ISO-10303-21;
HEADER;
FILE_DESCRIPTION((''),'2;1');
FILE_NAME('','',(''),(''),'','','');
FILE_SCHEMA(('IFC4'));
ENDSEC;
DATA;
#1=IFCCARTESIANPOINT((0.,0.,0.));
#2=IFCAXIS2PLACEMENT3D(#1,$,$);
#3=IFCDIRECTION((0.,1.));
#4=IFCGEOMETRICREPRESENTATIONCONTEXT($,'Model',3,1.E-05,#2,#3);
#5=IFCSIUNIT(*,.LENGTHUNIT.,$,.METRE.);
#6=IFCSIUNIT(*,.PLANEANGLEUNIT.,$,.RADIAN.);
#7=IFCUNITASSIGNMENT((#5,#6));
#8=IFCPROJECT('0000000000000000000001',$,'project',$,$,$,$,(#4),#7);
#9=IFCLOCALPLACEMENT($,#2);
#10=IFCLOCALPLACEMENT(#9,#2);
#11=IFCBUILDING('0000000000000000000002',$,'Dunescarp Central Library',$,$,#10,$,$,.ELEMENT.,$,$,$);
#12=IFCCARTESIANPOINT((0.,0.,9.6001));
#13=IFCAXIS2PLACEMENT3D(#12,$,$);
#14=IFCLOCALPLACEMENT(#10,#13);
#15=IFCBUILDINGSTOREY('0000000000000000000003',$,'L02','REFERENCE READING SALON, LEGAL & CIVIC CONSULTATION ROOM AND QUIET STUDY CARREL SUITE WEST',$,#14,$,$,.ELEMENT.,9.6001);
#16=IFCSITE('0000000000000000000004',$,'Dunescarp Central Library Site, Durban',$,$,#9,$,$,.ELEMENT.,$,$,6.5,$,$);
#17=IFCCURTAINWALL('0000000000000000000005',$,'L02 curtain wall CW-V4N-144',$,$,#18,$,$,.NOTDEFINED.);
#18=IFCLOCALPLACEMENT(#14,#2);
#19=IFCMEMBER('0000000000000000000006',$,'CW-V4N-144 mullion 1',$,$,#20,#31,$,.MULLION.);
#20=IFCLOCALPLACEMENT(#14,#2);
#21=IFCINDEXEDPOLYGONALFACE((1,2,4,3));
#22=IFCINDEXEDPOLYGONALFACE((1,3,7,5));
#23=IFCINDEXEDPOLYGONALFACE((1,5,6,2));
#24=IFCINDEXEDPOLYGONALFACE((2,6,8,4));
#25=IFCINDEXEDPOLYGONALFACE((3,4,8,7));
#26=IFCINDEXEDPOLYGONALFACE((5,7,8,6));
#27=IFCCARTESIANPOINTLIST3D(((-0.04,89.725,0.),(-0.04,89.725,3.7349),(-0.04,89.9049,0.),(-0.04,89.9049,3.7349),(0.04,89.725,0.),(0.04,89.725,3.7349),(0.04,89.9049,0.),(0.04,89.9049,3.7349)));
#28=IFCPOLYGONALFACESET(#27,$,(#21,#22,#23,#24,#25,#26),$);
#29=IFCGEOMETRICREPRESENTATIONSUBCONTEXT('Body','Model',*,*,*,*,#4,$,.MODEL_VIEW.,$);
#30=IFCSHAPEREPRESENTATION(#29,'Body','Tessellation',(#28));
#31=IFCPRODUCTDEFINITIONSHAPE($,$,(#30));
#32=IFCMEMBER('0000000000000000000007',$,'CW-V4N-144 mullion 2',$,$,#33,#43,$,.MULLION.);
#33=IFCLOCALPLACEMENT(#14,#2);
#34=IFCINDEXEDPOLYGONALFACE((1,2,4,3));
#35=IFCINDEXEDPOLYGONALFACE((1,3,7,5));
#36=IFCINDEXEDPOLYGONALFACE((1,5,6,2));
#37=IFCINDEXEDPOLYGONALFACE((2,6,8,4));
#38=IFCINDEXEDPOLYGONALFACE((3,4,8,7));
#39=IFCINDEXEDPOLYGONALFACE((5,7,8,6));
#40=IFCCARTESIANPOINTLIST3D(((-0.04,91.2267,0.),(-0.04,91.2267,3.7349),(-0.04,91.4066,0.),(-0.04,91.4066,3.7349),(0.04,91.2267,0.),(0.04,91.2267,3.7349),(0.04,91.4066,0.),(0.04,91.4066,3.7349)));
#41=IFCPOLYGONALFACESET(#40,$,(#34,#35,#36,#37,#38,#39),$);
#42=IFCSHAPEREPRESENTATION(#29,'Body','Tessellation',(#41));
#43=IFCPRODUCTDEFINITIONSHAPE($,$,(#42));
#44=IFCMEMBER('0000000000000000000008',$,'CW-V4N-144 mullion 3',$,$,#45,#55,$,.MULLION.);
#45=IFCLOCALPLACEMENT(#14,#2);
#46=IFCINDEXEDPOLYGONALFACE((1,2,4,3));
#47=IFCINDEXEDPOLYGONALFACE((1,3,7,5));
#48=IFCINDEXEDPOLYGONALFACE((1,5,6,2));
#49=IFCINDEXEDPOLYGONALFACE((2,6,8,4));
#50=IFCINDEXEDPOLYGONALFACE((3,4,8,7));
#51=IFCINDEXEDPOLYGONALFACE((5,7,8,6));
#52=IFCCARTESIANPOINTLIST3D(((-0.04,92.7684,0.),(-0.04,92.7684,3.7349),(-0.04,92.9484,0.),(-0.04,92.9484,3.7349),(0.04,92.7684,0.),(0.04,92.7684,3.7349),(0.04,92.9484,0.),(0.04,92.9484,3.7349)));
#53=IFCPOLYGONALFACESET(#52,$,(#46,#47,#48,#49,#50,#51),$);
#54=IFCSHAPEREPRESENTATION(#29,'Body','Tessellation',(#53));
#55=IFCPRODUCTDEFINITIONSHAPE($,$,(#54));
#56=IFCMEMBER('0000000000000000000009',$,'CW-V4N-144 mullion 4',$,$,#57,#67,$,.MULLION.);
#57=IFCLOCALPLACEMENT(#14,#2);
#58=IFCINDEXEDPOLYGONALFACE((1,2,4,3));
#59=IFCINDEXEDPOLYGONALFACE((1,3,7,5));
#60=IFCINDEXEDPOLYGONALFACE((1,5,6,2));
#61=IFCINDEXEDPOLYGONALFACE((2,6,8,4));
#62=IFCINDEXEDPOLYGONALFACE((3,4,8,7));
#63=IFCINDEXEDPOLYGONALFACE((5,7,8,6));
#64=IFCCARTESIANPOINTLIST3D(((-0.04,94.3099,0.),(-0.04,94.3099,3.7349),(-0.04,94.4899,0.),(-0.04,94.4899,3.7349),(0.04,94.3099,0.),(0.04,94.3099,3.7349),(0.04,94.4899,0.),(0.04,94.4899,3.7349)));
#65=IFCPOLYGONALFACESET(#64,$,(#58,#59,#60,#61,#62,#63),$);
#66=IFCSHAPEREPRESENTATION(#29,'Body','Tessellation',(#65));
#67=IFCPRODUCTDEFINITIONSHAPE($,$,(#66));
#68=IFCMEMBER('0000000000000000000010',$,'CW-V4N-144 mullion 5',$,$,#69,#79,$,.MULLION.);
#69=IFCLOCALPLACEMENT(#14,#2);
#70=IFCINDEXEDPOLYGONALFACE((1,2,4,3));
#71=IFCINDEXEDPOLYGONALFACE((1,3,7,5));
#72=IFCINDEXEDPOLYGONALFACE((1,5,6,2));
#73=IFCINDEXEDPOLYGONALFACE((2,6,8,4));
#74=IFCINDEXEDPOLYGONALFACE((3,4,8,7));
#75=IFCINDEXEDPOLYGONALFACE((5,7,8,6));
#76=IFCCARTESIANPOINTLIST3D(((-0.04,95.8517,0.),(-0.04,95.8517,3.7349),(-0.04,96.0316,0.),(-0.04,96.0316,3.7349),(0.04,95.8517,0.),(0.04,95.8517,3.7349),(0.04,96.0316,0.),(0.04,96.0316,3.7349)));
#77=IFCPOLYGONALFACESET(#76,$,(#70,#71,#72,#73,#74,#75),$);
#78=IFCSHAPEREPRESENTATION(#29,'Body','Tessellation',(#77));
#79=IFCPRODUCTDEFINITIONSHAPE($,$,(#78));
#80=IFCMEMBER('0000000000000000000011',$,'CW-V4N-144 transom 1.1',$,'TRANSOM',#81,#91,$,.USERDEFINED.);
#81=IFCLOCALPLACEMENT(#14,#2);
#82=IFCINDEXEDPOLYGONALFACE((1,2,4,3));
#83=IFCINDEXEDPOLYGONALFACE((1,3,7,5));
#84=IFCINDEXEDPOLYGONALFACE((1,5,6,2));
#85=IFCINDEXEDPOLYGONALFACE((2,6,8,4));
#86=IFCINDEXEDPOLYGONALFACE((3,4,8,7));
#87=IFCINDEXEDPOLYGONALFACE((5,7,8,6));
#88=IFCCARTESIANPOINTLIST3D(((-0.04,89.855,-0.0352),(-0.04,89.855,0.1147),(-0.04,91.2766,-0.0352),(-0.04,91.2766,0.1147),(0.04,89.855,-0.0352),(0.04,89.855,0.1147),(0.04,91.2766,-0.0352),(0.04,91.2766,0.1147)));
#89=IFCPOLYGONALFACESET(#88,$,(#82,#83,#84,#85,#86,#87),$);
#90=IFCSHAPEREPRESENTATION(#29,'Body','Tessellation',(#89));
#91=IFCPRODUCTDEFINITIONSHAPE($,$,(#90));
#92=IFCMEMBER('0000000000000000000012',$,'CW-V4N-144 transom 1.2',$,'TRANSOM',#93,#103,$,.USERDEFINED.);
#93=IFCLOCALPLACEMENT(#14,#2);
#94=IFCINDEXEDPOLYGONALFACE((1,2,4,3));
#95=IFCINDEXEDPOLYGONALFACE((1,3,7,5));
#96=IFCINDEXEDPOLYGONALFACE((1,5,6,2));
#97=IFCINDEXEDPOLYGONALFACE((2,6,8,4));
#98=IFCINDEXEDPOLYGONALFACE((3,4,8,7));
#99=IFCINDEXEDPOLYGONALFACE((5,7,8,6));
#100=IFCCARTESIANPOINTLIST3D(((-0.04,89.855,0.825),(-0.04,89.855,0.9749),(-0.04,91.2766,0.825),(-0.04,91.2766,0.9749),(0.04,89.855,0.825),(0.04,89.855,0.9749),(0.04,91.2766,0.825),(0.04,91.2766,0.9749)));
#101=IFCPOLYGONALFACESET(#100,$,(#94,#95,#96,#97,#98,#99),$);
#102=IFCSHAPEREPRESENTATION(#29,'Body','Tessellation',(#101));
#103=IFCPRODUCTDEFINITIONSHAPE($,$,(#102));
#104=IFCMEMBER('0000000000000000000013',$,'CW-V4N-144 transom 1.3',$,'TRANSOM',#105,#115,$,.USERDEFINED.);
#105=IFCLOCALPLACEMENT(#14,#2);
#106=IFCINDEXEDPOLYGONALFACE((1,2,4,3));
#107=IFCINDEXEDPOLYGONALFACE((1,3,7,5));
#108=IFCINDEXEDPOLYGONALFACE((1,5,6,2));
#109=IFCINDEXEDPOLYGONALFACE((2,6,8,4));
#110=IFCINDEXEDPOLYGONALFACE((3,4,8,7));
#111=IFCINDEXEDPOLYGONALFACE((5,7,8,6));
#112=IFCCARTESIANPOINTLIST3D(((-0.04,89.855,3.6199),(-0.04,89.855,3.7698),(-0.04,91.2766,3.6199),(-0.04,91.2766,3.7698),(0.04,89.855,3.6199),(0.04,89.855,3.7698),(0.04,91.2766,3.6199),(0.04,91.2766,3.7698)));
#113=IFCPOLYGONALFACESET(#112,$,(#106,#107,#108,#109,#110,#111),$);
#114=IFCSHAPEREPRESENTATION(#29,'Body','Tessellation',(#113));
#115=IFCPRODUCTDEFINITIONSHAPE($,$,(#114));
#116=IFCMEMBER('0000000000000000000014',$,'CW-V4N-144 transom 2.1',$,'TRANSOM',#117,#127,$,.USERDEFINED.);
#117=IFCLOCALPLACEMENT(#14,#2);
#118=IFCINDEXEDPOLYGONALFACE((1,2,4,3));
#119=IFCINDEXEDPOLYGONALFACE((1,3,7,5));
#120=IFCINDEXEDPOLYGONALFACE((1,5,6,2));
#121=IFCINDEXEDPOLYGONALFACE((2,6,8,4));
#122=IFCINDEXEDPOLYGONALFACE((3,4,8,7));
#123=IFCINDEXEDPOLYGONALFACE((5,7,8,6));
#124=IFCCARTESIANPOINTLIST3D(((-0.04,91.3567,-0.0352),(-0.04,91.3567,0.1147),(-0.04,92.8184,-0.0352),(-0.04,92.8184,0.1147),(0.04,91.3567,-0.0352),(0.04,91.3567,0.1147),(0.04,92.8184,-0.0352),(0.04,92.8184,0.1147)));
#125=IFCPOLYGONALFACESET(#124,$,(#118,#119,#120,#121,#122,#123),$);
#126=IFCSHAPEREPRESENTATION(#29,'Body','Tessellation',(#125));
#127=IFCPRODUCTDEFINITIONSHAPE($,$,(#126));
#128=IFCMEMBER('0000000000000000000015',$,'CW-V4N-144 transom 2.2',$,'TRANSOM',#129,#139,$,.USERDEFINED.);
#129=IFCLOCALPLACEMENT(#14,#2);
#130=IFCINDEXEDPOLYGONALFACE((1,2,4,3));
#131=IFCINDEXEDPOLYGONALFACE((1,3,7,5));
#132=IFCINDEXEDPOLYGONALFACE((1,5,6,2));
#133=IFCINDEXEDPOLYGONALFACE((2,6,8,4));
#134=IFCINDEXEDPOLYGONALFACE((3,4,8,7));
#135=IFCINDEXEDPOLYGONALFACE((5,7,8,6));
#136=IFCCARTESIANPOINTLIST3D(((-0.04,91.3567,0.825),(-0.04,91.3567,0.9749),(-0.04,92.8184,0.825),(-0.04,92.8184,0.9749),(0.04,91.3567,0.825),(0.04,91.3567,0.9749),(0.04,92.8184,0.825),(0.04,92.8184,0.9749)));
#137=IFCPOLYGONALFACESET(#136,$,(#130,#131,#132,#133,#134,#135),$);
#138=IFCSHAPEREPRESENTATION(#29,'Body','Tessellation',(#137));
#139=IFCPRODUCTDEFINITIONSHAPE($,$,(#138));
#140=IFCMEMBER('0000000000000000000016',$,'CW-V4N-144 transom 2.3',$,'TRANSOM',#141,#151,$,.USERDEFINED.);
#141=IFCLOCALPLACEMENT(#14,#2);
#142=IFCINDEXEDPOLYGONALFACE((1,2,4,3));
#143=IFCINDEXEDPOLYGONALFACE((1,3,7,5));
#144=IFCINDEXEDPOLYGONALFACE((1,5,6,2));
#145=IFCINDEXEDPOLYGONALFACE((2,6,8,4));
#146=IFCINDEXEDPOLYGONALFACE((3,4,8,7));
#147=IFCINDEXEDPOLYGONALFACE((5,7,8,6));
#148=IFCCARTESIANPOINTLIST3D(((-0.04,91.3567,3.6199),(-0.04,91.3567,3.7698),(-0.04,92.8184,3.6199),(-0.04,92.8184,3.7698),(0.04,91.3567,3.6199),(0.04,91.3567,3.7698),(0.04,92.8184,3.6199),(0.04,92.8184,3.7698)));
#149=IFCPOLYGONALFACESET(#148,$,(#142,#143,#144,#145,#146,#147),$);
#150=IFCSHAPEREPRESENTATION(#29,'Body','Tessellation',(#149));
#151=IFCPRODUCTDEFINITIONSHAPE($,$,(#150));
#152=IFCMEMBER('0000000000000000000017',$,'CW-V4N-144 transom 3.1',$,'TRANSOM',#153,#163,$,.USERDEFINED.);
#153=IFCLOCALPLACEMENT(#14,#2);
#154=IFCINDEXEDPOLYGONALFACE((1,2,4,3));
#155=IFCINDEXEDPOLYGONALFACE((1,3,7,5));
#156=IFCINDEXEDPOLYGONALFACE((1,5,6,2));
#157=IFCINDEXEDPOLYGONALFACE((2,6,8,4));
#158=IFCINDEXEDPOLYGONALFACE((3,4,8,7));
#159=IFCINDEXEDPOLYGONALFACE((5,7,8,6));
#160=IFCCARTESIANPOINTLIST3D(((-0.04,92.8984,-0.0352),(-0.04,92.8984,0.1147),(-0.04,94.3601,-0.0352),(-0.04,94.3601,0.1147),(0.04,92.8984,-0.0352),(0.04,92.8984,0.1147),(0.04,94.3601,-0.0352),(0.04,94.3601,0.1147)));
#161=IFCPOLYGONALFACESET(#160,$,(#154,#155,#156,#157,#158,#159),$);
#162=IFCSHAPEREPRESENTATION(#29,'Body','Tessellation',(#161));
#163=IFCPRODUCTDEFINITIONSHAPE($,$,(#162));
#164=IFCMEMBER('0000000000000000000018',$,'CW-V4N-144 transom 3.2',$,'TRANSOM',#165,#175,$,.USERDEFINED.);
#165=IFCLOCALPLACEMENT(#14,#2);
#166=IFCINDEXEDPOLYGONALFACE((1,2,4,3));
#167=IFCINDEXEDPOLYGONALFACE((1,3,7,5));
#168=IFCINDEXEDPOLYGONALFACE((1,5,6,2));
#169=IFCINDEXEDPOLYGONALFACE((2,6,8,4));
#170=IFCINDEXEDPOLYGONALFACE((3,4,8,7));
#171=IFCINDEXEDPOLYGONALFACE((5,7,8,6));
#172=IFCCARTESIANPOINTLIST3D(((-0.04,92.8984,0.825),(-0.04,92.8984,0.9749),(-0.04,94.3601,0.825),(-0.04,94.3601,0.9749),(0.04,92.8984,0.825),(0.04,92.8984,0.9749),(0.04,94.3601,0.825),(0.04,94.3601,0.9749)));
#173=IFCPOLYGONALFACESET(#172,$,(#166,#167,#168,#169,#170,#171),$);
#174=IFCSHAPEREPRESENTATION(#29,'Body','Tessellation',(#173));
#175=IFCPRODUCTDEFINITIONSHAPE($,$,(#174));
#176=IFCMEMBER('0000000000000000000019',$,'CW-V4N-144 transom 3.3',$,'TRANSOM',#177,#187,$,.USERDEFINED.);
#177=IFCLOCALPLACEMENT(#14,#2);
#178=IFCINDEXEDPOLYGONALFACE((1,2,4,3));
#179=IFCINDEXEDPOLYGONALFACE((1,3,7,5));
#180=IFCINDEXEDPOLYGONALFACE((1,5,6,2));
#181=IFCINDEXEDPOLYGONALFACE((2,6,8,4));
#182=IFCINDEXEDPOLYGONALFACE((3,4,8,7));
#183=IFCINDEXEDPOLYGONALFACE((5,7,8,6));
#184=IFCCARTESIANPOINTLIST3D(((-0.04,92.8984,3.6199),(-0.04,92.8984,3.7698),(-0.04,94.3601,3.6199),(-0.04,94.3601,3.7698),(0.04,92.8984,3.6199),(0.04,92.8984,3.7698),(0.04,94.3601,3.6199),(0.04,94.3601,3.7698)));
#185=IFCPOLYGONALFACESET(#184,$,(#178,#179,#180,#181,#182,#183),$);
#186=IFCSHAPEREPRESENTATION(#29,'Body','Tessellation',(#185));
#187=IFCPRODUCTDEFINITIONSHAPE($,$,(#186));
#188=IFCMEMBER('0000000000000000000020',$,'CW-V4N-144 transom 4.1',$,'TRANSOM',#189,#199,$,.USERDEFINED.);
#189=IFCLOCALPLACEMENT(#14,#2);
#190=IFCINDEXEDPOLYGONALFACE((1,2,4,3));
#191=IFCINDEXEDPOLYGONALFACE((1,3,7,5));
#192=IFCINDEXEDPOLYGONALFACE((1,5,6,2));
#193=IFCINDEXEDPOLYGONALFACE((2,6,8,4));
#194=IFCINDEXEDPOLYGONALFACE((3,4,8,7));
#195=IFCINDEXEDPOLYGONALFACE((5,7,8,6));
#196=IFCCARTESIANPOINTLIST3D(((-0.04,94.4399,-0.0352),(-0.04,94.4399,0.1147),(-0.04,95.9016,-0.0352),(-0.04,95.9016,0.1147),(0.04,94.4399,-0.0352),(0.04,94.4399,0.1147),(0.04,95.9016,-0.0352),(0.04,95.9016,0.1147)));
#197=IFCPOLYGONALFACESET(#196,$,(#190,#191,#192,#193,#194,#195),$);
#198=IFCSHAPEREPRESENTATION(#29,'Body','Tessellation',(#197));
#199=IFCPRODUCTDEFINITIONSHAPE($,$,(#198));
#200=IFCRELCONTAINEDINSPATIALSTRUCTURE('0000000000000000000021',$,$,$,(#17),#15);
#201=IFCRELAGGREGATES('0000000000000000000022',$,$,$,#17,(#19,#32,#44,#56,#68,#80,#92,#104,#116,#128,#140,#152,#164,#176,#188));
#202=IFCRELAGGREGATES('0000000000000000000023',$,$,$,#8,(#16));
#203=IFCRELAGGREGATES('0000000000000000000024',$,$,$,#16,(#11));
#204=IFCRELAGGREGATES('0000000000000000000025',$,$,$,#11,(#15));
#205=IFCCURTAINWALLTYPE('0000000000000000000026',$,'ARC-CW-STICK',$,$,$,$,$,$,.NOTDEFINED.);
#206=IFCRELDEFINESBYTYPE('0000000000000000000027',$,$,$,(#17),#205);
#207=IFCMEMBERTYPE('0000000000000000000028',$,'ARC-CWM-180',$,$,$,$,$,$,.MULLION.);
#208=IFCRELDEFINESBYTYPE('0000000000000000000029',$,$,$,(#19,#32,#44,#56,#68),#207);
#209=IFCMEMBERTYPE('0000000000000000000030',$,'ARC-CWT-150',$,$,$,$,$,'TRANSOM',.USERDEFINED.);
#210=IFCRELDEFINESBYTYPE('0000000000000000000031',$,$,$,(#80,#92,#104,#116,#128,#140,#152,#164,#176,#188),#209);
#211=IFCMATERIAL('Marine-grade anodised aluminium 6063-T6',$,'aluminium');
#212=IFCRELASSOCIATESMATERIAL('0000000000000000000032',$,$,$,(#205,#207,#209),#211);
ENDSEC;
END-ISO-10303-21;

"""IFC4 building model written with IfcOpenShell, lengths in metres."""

from ifc_helpers import new_model, si_unit, direction, frame, origin, origin_2d, place, context, subcontext, project, spatial, rectangle, extrude, material, material_profile, profile_set, type_object, element, aggregate, save


model = new_model("IFC4")

# Units and contexts
model_context = context("Model", 3, precision=1e-05, world=origin(), true_north=direction((0.0, 1.0)))
body_context = subcontext(model_context, "Body", "Model", "MODEL_VIEW")
ifc_project = project(units=[si_unit("LENGTHUNIT", "METRE"), si_unit("PLANEANGLEUNIT", "RADIAN")], contexts=[model_context])

# Site, building, storey
site_placement = place(None, origin())
site = spatial("IfcSite", under=ifc_project, at=site_placement, Name="Dunescarp Central Library Site, Durban", CompositionType="ELEMENT", RefElevation=6.5)
building_placement = place(site_placement, origin())
building = spatial("IfcBuilding", under=site, at=building_placement, Name="Dunescarp Central Library", CompositionType="ELEMENT")
storey_placement = place(building_placement, frame((0.0, 0.0, 9.6001)))
storey = spatial("IfcBuildingStorey", under=building, at=storey_placement, Name="L02", Description="REFERENCE READING SALON, LEGAL & CIVIC CONSULTATION ROOM AND QUIET STUDY CARREL SUITE WEST", CompositionType="ELEMENT", Elevation=9.6001)

# Curtain wall, members
ifc_material_1 = material(Name="Marine-grade anodised aluminium 6063-T6", Category="aluminium")
curtain_wall_type = type_object("IfcCurtainWallType", Name="ARC-CW-STICK", PredefinedType="NOTDEFINED", material=ifc_material_1)
curtain_wall_placement = place(storey_placement, origin())
curtain_wall = element("IfcCurtainWall", 1, at=curtain_wall_placement, inside=storey, type_object=curtain_wall_type, Name="L02 curtain wall CW-V4N-144", PredefinedType="NOTDEFINED")
ifc_material_profile_1 = material_profile(ifc_material_1, rectangle(XDim=0.0801, YDim=0.1799, at=origin_2d()), Name="AL 80x180")
ifc_profile_set_1 = profile_set([ifc_material_profile_1], Name="Marine-grade anodised aluminium 6063-T6")
member_type_1 = type_object("IfcMemberType", Name="ARC-CWM-180", PredefinedType="MULLION", material=ifc_profile_set_1)
member_1_placement = place(storey_placement, frame((0.0, 89.8149, 0.0), z_axis=(0.0, 0.0, 1.0), x_axis=(-1.0, 0.0, 0.0)))
member_1 = element("IfcMember", 2, at=member_1_placement, type_object=member_type_1, Name="CW-V4N-144 mullion 1", PredefinedType="MULLION", context=body_context, shape_type="SweptSolid", body=[
    extrude(rectangle(XDim=0.0801, YDim=0.1799, at=origin_2d()), origin(), (0.0, 0.0, 1.0), 3.7349),
])
member_2_placement = place(storey_placement, frame((0.0, 91.3167, 0.0), z_axis=(0.0, 0.0, 1.0), x_axis=(-1.0, 0.0, 0.0)))
member_2 = element("IfcMember", 3, at=member_2_placement, type_object=member_type_1, Name="CW-V4N-144 mullion 2", PredefinedType="MULLION", context=body_context, shape_type="SweptSolid", body=[
    extrude(rectangle(XDim=0.0801, YDim=0.1799, at=origin_2d()), origin(), (0.0, 0.0, 1.0), 3.7349),
])
member_3_placement = place(storey_placement, frame((0.0, 92.8584, 0.0), z_axis=(0.0, 0.0, 1.0), x_axis=(-1.0, 0.0, 0.0)))
member_3 = element("IfcMember", 4, at=member_3_placement, type_object=member_type_1, Name="CW-V4N-144 mullion 3", PredefinedType="MULLION", context=body_context, shape_type="SweptSolid", body=[
    extrude(rectangle(XDim=0.0801, YDim=0.1799, at=origin_2d()), origin(), (0.0, 0.0, 1.0), 3.7349),
])
member_4_placement = place(storey_placement, frame((0.0, 94.3999, 0.0), z_axis=(0.0, 0.0, 1.0), x_axis=(-1.0, 0.0, 0.0)))
member_4 = element("IfcMember", 5, at=member_4_placement, type_object=member_type_1, Name="CW-V4N-144 mullion 4", PredefinedType="MULLION", context=body_context, shape_type="SweptSolid", body=[
    extrude(rectangle(XDim=0.0801, YDim=0.1799, at=origin_2d()), origin(), (0.0, 0.0, 1.0), 3.7349),
])
member_5_placement = place(storey_placement, frame((0.0, 95.9417, 0.0), z_axis=(0.0, 0.0, 1.0), x_axis=(-1.0, 0.0, 0.0)))
member_5 = element("IfcMember", 6, at=member_5_placement, type_object=member_type_1, Name="CW-V4N-144 mullion 5", PredefinedType="MULLION", context=body_context, shape_type="SweptSolid", body=[
    extrude(rectangle(XDim=0.0801, YDim=0.1799, at=origin_2d()), origin(), (0.0, 0.0, 1.0), 3.7349),
])
ifc_material_profile_2 = material_profile(ifc_material_1, rectangle(XDim=0.0801, YDim=0.1499, at=origin_2d()), Name="AL 80x150")
ifc_profile_set_2 = profile_set([ifc_material_profile_2], Name="Marine-grade anodised aluminium 6063-T6")
member_type_2 = type_object("IfcMemberType", Name="ARC-CWT-150", ElementType="TRANSOM", PredefinedType="USERDEFINED", material=ifc_profile_set_2)
member_6_placement = place(storey_placement, frame((0.0, 89.855, 0.0398), z_axis=(0.0, 1.0, 0.0), x_axis=(-1.0, 0.0, 0.0)))
member_6 = element("IfcMember", 7, at=member_6_placement, type_object=member_type_2, Name="CW-V4N-144 transom 1.1", ObjectType="TRANSOM", PredefinedType="USERDEFINED", context=body_context, shape_type="SweptSolid", body=[
    extrude(rectangle(XDim=0.0801, YDim=0.1499, at=origin_2d()), origin(), (0.0, 0.0, 1.0), 1.4216),
])
member_7_placement = place(storey_placement, frame((0.0, 89.855, 0.8999), z_axis=(0.0, 1.0, 0.0), x_axis=(-1.0, 0.0, 0.0)))
member_7 = element("IfcMember", 8, at=member_7_placement, type_object=member_type_2, Name="CW-V4N-144 transom 1.2", ObjectType="TRANSOM", PredefinedType="USERDEFINED", context=body_context, shape_type="SweptSolid", body=[
    extrude(rectangle(XDim=0.0801, YDim=0.1499, at=origin_2d()), origin(), (0.0, 0.0, 1.0), 1.4216),
])
member_8_placement = place(storey_placement, frame((0.0, 89.855, 3.6948), z_axis=(0.0, 1.0, 0.0), x_axis=(-1.0, 0.0, 0.0)))
member_8 = element("IfcMember", 9, at=member_8_placement, type_object=member_type_2, Name="CW-V4N-144 transom 1.3", ObjectType="TRANSOM", PredefinedType="USERDEFINED", context=body_context, shape_type="SweptSolid", body=[
    extrude(rectangle(XDim=0.0801, YDim=0.1499, at=origin_2d()), origin(), (0.0, 0.0, 1.0), 1.4216),
])
member_9_placement = place(storey_placement, frame((0.0, 91.3567, 0.0398), z_axis=(0.0, 1.0, 0.0), x_axis=(-1.0, 0.0, 0.0)))
member_9 = element("IfcMember", 10, at=member_9_placement, type_object=member_type_2, Name="CW-V4N-144 transom 2.1", ObjectType="TRANSOM", PredefinedType="USERDEFINED", context=body_context, shape_type="SweptSolid", body=[
    extrude(rectangle(XDim=0.0801, YDim=0.1499, at=origin_2d()), origin(), (0.0, 0.0, 1.0), 1.4617),
])
member_10_placement = place(storey_placement, frame((0.0, 91.3567, 0.8999), z_axis=(0.0, 1.0, 0.0), x_axis=(-1.0, 0.0, 0.0)))
member_10 = element("IfcMember", 11, at=member_10_placement, type_object=member_type_2, Name="CW-V4N-144 transom 2.2", ObjectType="TRANSOM", PredefinedType="USERDEFINED", context=body_context, shape_type="SweptSolid", body=[
    extrude(rectangle(XDim=0.0801, YDim=0.1499, at=origin_2d()), origin(), (0.0, 0.0, 1.0), 1.4617),
])
member_11_placement = place(storey_placement, frame((0.0, 91.3567, 3.6948), z_axis=(0.0, 1.0, 0.0), x_axis=(-1.0, 0.0, 0.0)))
member_11 = element("IfcMember", 12, at=member_11_placement, type_object=member_type_2, Name="CW-V4N-144 transom 2.3", ObjectType="TRANSOM", PredefinedType="USERDEFINED", context=body_context, shape_type="SweptSolid", body=[
    extrude(rectangle(XDim=0.0801, YDim=0.1499, at=origin_2d()), origin(), (0.0, 0.0, 1.0), 1.4617),
])
member_12_placement = place(storey_placement, frame((0.0, 92.8984, 0.0398), z_axis=(0.0, 1.0, 0.0), x_axis=(-1.0, 0.0, 0.0)))
member_12 = element("IfcMember", 13, at=member_12_placement, type_object=member_type_2, Name="CW-V4N-144 transom 3.1", ObjectType="TRANSOM", PredefinedType="USERDEFINED", context=body_context, shape_type="SweptSolid", body=[
    extrude(rectangle(XDim=0.0801, YDim=0.1499, at=origin_2d()), origin(), (0.0, 0.0, 1.0), 1.4617),
])
member_13_placement = place(storey_placement, frame((0.0, 92.8984, 0.8999), z_axis=(0.0, 1.0, 0.0), x_axis=(-1.0, 0.0, 0.0)))
member_13 = element("IfcMember", 14, at=member_13_placement, type_object=member_type_2, Name="CW-V4N-144 transom 3.2", ObjectType="TRANSOM", PredefinedType="USERDEFINED", context=body_context, shape_type="SweptSolid", body=[
    extrude(rectangle(XDim=0.0801, YDim=0.1499, at=origin_2d()), origin(), (0.0, 0.0, 1.0), 1.4617),
])
member_14_placement = place(storey_placement, frame((0.0, 92.8984, 3.6948), z_axis=(0.0, 1.0, 0.0), x_axis=(-1.0, 0.0, 0.0)))
member_14 = element("IfcMember", 15, at=member_14_placement, type_object=member_type_2, Name="CW-V4N-144 transom 3.3", ObjectType="TRANSOM", PredefinedType="USERDEFINED", context=body_context, shape_type="SweptSolid", body=[
    extrude(rectangle(XDim=0.0801, YDim=0.1499, at=origin_2d()), origin(), (0.0, 0.0, 1.0), 1.4617),
])
member_15_placement = place(storey_placement, frame((0.0, 94.4399, 0.0398), z_axis=(0.0, 1.0, 0.0), x_axis=(-1.0, 0.0, 0.0)))
member_15 = element("IfcMember", 16, at=member_15_placement, type_object=member_type_2, Name="CW-V4N-144 transom 4.1", ObjectType="TRANSOM", PredefinedType="USERDEFINED", context=body_context, shape_type="SweptSolid", body=[
    extrude(rectangle(XDim=0.0801, YDim=0.1499, at=origin_2d()), origin(), (0.0, 0.0, 1.0), 1.4617),
])

aggregate(curtain_wall, [member_1, member_2, member_3, member_4, member_5, member_6, member_7, member_8, member_9, member_10, member_11, member_12, member_13, member_14, member_15])

save(model, "model.ifc")
